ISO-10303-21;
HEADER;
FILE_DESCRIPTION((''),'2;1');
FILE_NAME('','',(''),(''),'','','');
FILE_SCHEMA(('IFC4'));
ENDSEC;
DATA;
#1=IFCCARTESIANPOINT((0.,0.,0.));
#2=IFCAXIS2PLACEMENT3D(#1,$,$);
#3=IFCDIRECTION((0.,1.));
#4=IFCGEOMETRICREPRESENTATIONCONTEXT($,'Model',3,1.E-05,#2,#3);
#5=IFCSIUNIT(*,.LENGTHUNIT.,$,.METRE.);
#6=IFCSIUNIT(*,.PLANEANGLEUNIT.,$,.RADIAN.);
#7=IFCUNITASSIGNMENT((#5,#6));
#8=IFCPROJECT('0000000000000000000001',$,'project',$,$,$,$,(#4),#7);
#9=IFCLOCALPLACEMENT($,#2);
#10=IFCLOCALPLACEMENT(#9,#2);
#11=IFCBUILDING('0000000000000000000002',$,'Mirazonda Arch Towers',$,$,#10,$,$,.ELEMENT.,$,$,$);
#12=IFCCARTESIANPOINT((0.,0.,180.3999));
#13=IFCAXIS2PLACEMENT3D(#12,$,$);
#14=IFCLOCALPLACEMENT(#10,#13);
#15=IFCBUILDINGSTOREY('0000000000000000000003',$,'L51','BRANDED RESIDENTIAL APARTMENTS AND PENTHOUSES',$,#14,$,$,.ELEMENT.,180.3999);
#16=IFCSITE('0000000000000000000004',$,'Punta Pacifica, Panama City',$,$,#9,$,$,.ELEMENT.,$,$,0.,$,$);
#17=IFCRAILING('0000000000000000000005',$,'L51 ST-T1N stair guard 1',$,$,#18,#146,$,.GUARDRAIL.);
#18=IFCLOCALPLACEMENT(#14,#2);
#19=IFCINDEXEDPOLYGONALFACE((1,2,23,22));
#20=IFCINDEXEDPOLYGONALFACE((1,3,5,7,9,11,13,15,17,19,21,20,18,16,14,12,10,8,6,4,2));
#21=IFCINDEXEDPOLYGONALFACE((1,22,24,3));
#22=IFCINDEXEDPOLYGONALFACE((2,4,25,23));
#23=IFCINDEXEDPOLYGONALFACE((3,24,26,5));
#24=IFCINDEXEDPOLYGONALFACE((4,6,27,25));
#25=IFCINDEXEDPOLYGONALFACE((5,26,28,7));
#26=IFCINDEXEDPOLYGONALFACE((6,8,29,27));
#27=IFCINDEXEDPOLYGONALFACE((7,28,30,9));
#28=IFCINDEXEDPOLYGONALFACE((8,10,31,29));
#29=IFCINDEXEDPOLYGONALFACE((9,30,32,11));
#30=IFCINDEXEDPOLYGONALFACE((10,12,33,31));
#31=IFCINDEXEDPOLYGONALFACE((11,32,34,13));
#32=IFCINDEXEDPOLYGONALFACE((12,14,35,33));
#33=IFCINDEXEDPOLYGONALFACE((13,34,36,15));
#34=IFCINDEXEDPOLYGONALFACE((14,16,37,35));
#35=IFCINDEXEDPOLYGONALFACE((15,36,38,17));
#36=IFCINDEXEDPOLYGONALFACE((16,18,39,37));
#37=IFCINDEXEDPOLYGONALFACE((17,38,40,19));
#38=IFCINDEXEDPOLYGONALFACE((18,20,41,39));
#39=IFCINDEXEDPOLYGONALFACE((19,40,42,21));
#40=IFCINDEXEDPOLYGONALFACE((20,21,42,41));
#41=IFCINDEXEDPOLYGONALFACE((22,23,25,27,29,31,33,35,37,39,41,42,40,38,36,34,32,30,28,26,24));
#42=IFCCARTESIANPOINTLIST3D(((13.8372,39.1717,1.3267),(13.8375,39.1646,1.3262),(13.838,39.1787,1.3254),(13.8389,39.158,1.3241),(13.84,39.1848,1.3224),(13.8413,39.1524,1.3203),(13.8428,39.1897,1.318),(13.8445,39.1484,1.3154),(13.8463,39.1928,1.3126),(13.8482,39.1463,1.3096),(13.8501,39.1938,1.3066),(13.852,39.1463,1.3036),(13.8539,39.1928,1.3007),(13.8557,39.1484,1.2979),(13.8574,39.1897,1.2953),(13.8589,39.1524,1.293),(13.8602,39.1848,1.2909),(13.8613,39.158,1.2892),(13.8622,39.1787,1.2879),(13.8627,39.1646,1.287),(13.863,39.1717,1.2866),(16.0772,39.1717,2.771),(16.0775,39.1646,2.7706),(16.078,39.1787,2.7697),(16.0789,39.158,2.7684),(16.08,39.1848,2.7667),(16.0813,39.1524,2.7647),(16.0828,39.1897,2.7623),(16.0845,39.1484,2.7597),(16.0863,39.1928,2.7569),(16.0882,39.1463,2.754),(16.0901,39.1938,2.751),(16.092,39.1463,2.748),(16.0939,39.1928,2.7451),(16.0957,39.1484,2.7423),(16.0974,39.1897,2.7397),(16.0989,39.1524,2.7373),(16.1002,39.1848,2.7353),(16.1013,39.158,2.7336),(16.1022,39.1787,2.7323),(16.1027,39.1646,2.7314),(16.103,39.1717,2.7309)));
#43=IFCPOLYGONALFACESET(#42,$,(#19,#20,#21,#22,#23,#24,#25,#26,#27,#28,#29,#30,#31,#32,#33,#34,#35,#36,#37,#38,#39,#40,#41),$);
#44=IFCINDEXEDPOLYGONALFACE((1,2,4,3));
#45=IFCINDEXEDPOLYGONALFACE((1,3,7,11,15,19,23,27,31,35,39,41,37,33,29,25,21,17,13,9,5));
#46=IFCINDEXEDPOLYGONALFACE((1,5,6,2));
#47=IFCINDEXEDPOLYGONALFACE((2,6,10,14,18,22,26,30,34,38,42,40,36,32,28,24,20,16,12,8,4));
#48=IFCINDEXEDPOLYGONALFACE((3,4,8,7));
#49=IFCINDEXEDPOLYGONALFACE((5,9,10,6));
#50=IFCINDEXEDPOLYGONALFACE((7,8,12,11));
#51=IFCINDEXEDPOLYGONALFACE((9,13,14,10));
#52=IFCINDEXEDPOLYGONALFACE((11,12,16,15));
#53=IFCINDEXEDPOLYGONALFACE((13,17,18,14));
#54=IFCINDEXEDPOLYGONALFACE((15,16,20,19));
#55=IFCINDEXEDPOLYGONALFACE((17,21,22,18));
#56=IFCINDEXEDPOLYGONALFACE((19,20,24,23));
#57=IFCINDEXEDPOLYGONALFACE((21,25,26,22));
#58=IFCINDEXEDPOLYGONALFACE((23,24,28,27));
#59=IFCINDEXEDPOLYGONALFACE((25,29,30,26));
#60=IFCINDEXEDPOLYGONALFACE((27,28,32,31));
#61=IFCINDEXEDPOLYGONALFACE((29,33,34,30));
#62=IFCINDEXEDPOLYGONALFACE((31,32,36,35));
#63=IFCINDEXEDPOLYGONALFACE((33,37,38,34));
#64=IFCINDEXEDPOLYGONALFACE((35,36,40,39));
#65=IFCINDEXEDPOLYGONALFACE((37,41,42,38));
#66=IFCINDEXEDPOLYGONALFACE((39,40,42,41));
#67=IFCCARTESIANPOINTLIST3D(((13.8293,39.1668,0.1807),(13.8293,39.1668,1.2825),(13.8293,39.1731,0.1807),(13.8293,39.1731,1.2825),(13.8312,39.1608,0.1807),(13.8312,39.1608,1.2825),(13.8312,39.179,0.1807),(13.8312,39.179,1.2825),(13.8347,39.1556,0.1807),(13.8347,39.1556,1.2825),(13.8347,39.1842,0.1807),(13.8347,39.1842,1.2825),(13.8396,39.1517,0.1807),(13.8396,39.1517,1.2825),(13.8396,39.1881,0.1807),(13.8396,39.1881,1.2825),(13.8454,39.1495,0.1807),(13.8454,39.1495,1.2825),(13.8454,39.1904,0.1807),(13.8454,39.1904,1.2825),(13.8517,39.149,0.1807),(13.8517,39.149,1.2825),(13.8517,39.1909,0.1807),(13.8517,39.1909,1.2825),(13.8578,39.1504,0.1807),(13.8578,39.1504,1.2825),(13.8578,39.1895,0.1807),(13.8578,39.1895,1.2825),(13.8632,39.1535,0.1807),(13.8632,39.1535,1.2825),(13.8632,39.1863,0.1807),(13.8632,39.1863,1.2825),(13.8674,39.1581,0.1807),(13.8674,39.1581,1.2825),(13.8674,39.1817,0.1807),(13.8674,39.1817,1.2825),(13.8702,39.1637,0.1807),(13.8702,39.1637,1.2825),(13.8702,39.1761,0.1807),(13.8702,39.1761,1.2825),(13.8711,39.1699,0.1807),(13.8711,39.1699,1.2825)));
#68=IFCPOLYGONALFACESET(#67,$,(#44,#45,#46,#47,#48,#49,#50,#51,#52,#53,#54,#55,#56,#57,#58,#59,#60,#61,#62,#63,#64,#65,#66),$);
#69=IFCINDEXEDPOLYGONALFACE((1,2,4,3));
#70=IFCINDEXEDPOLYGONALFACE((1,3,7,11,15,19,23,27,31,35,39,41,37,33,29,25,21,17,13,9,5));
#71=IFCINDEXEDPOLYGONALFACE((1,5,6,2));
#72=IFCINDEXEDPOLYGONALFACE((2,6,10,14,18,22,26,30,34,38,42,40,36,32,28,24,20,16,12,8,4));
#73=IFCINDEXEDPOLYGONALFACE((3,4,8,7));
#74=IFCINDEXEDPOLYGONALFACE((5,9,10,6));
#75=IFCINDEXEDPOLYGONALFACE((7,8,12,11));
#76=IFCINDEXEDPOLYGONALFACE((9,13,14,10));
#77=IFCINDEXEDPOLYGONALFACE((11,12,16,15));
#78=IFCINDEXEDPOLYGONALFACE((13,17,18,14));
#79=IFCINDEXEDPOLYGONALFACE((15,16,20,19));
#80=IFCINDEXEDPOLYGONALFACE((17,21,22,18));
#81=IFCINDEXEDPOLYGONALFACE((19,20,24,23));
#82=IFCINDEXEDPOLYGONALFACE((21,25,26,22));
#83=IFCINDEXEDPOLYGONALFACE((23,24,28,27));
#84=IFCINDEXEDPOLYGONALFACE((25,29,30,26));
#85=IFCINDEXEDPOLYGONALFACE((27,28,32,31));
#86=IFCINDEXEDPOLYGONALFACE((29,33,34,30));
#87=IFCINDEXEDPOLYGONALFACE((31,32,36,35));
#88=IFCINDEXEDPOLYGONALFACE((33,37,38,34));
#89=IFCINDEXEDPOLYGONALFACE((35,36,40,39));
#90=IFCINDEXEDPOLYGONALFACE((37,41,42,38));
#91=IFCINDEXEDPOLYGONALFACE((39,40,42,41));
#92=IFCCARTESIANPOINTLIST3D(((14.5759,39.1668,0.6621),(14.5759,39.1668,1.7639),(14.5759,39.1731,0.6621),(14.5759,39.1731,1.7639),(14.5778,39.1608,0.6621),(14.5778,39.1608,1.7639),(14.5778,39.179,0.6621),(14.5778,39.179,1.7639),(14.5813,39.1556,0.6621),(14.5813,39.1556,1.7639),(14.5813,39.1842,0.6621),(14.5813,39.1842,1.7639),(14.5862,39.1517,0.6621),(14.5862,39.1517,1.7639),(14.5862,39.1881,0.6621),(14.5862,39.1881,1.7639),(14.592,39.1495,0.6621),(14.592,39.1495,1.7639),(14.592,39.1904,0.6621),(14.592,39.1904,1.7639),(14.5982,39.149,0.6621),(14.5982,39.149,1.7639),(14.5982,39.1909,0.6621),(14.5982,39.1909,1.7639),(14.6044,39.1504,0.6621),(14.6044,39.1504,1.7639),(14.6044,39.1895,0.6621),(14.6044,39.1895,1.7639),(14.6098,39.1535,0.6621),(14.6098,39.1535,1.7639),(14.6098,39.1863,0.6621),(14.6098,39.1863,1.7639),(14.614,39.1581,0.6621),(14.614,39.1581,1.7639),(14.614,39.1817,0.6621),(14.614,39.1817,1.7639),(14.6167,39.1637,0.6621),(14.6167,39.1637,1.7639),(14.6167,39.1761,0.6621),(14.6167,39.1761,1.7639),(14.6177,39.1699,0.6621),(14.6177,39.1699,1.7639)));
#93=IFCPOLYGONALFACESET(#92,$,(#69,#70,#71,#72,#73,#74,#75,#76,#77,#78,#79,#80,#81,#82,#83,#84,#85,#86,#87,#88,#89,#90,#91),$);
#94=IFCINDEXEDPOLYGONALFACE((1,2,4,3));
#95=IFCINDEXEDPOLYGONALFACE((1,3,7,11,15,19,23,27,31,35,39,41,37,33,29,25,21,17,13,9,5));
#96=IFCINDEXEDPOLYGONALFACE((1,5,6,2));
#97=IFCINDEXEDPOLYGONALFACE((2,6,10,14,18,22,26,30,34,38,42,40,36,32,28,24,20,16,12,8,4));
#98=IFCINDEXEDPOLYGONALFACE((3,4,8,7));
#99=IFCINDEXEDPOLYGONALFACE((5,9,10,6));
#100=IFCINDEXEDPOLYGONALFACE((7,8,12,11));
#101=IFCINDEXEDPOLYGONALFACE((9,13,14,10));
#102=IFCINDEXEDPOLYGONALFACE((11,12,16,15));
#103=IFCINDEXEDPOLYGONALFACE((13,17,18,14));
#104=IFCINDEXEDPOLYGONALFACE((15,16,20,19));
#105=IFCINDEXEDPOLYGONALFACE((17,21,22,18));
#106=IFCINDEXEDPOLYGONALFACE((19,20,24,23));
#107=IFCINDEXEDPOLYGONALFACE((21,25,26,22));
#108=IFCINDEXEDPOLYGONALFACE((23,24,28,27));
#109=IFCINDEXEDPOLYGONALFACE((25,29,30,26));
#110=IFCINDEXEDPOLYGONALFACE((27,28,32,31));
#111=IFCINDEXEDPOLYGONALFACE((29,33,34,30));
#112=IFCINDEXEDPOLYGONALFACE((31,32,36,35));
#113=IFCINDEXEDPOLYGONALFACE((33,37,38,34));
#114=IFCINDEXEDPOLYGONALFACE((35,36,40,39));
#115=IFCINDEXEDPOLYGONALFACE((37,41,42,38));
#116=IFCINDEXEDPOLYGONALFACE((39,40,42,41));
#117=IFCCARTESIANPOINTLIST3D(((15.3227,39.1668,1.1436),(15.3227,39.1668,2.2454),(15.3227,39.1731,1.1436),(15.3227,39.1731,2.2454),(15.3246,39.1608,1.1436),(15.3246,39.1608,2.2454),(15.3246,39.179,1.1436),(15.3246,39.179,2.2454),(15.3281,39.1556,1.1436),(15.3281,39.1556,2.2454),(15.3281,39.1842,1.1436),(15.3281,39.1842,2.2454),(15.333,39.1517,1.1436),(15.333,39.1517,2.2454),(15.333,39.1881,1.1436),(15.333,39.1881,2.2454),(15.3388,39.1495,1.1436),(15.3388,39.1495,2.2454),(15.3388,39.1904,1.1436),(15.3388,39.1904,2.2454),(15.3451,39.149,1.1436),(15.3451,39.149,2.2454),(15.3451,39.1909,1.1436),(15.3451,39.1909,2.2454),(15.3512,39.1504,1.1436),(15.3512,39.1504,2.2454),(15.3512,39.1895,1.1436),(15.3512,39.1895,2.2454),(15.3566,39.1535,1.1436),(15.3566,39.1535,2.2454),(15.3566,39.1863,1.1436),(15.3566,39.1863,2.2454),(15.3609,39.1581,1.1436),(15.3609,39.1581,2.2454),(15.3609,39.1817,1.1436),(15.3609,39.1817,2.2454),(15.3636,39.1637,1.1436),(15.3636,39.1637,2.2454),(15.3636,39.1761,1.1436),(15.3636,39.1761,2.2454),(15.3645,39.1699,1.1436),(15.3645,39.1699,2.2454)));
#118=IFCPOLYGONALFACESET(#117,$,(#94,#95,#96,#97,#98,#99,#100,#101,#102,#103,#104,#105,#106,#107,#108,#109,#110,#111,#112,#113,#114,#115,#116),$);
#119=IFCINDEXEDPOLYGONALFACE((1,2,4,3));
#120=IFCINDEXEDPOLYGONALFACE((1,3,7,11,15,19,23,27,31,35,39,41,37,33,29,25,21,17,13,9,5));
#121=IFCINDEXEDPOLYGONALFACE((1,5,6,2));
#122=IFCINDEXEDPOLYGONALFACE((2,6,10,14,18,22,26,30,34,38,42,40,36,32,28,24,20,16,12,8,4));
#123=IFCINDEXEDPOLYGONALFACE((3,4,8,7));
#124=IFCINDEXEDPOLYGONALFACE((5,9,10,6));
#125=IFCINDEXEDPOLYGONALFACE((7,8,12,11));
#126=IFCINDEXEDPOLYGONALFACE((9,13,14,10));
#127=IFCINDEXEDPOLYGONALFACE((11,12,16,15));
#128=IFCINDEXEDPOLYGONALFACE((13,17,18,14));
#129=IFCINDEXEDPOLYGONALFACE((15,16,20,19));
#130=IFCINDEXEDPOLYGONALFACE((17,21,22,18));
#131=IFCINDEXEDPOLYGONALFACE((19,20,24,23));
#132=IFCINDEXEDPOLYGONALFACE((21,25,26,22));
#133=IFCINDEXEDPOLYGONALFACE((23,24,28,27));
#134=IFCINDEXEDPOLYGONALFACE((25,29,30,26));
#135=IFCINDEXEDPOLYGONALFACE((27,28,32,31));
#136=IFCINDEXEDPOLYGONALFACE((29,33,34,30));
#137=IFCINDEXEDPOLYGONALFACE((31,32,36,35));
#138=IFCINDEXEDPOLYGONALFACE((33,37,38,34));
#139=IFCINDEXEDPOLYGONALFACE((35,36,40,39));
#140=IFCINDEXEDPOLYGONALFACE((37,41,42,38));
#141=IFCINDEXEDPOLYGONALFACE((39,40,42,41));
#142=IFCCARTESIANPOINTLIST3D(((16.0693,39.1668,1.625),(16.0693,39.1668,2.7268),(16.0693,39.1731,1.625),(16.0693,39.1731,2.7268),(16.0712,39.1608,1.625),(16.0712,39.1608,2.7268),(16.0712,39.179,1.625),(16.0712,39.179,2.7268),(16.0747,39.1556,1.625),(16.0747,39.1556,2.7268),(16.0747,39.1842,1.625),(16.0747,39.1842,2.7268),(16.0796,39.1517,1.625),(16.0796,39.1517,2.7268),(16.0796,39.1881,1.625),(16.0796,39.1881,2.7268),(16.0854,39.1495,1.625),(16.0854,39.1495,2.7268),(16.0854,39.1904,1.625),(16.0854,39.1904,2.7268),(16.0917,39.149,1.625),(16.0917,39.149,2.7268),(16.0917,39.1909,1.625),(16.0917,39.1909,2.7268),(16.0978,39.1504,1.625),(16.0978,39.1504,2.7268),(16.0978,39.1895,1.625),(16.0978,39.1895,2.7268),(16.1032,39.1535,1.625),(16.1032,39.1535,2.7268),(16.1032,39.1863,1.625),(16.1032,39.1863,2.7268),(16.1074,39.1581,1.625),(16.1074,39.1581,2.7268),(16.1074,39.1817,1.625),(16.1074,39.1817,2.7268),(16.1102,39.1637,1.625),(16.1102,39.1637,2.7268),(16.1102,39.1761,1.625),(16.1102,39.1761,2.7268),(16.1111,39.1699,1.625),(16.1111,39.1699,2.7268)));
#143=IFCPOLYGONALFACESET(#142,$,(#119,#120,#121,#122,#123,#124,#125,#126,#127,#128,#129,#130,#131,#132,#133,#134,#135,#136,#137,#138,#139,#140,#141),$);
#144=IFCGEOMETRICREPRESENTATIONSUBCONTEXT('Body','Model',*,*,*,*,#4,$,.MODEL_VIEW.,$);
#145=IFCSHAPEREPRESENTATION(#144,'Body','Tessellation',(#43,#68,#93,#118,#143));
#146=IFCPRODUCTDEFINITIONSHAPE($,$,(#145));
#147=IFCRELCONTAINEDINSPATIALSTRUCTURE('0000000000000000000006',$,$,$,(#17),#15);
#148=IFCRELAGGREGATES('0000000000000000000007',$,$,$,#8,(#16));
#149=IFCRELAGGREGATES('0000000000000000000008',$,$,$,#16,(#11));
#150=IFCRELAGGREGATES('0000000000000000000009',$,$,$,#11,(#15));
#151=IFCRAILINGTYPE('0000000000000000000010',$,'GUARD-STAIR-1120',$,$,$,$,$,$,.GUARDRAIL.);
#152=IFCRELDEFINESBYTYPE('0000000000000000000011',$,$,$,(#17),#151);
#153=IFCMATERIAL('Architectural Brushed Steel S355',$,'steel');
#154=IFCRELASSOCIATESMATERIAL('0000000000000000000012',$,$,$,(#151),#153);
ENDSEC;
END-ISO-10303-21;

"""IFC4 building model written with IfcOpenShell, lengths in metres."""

from ifc_helpers import new_model, si_unit, direction, frame, origin, origin_2d, place, context, subcontext, project, spatial, circle, extrude, material, type_object, element, save


model = new_model("IFC4")

# Units and contexts
model_context = context("Model", 3, precision=1e-05, world=origin(), true_north=direction((0.0, 1.0)))
body_context = subcontext(model_context, "Body", "Model", "MODEL_VIEW")
ifc_project = project(units=[si_unit("LENGTHUNIT", "METRE"), si_unit("PLANEANGLEUNIT", "RADIAN")], contexts=[model_context])

# Site, building, storey
site_placement = place(None, origin())
site = spatial("IfcSite", under=ifc_project, at=site_placement, Name="Punta Pacifica, Panama City", CompositionType="ELEMENT", RefElevation=0.0)
building_placement = place(site_placement, origin())
building = spatial("IfcBuilding", under=site, at=building_placement, Name="Mirazonda Arch Towers", CompositionType="ELEMENT")
storey_placement = place(building_placement, frame((0.0, 0.0, 180.3999)))
storey = spatial("IfcBuildingStorey", under=building, at=storey_placement, Name="L51", Description="BRANDED RESIDENTIAL APARTMENTS AND PENTHOUSES", CompositionType="ELEMENT", Elevation=180.3999)

# Shared definitions
ifc_material_1 = material(Name="Architectural Brushed Steel S355", Category="steel")

# Railing
railing_type_1 = type_object("IfcRailingType", Name="GUARD-STAIR-1120", PredefinedType="GUARDRAIL", material=ifc_material_1)
railing_1_placement = place(storey_placement, frame((13.8501, 39.1699, 0.1807)))
element("IfcRailing", 1, at=railing_1_placement, inside=storey, type_object=railing_type_1, Name="L51 ST-T1N stair guard 1", PredefinedType="GUARDRAIL", context=body_context, shape_type="SweptSolid", body=[
    extrude(circle(Radius=0.0239, at=origin_2d()), frame((0.0, 0.0, 1.126), z_axis=(0.840437, 0.0, 0.54191), x_axis=(0.0, 1.0, 0.0)), (0.0, 0.0, 1.0), 2.6653),
    extrude(circle(Radius=0.021, at=origin_2d()), origin(), (0.0, 0.0, 1.0), 1.1018),
    extrude(circle(Radius=0.021, at=origin_2d()), frame((0.7466, 0.0, 0.4814)), (0.0, 0.0, 1.0), 1.1018),
    extrude(circle(Radius=0.021, at=origin_2d()), frame((1.4934, 0.0, 0.9629)), (0.0, 0.0, 1.0), 1.1018),
    extrude(circle(Radius=0.021, at=origin_2d()), frame((2.24, 0.0, 1.4443)), (0.0, 0.0, 1.0), 1.1018),
])

save(model, "model.ifc")
